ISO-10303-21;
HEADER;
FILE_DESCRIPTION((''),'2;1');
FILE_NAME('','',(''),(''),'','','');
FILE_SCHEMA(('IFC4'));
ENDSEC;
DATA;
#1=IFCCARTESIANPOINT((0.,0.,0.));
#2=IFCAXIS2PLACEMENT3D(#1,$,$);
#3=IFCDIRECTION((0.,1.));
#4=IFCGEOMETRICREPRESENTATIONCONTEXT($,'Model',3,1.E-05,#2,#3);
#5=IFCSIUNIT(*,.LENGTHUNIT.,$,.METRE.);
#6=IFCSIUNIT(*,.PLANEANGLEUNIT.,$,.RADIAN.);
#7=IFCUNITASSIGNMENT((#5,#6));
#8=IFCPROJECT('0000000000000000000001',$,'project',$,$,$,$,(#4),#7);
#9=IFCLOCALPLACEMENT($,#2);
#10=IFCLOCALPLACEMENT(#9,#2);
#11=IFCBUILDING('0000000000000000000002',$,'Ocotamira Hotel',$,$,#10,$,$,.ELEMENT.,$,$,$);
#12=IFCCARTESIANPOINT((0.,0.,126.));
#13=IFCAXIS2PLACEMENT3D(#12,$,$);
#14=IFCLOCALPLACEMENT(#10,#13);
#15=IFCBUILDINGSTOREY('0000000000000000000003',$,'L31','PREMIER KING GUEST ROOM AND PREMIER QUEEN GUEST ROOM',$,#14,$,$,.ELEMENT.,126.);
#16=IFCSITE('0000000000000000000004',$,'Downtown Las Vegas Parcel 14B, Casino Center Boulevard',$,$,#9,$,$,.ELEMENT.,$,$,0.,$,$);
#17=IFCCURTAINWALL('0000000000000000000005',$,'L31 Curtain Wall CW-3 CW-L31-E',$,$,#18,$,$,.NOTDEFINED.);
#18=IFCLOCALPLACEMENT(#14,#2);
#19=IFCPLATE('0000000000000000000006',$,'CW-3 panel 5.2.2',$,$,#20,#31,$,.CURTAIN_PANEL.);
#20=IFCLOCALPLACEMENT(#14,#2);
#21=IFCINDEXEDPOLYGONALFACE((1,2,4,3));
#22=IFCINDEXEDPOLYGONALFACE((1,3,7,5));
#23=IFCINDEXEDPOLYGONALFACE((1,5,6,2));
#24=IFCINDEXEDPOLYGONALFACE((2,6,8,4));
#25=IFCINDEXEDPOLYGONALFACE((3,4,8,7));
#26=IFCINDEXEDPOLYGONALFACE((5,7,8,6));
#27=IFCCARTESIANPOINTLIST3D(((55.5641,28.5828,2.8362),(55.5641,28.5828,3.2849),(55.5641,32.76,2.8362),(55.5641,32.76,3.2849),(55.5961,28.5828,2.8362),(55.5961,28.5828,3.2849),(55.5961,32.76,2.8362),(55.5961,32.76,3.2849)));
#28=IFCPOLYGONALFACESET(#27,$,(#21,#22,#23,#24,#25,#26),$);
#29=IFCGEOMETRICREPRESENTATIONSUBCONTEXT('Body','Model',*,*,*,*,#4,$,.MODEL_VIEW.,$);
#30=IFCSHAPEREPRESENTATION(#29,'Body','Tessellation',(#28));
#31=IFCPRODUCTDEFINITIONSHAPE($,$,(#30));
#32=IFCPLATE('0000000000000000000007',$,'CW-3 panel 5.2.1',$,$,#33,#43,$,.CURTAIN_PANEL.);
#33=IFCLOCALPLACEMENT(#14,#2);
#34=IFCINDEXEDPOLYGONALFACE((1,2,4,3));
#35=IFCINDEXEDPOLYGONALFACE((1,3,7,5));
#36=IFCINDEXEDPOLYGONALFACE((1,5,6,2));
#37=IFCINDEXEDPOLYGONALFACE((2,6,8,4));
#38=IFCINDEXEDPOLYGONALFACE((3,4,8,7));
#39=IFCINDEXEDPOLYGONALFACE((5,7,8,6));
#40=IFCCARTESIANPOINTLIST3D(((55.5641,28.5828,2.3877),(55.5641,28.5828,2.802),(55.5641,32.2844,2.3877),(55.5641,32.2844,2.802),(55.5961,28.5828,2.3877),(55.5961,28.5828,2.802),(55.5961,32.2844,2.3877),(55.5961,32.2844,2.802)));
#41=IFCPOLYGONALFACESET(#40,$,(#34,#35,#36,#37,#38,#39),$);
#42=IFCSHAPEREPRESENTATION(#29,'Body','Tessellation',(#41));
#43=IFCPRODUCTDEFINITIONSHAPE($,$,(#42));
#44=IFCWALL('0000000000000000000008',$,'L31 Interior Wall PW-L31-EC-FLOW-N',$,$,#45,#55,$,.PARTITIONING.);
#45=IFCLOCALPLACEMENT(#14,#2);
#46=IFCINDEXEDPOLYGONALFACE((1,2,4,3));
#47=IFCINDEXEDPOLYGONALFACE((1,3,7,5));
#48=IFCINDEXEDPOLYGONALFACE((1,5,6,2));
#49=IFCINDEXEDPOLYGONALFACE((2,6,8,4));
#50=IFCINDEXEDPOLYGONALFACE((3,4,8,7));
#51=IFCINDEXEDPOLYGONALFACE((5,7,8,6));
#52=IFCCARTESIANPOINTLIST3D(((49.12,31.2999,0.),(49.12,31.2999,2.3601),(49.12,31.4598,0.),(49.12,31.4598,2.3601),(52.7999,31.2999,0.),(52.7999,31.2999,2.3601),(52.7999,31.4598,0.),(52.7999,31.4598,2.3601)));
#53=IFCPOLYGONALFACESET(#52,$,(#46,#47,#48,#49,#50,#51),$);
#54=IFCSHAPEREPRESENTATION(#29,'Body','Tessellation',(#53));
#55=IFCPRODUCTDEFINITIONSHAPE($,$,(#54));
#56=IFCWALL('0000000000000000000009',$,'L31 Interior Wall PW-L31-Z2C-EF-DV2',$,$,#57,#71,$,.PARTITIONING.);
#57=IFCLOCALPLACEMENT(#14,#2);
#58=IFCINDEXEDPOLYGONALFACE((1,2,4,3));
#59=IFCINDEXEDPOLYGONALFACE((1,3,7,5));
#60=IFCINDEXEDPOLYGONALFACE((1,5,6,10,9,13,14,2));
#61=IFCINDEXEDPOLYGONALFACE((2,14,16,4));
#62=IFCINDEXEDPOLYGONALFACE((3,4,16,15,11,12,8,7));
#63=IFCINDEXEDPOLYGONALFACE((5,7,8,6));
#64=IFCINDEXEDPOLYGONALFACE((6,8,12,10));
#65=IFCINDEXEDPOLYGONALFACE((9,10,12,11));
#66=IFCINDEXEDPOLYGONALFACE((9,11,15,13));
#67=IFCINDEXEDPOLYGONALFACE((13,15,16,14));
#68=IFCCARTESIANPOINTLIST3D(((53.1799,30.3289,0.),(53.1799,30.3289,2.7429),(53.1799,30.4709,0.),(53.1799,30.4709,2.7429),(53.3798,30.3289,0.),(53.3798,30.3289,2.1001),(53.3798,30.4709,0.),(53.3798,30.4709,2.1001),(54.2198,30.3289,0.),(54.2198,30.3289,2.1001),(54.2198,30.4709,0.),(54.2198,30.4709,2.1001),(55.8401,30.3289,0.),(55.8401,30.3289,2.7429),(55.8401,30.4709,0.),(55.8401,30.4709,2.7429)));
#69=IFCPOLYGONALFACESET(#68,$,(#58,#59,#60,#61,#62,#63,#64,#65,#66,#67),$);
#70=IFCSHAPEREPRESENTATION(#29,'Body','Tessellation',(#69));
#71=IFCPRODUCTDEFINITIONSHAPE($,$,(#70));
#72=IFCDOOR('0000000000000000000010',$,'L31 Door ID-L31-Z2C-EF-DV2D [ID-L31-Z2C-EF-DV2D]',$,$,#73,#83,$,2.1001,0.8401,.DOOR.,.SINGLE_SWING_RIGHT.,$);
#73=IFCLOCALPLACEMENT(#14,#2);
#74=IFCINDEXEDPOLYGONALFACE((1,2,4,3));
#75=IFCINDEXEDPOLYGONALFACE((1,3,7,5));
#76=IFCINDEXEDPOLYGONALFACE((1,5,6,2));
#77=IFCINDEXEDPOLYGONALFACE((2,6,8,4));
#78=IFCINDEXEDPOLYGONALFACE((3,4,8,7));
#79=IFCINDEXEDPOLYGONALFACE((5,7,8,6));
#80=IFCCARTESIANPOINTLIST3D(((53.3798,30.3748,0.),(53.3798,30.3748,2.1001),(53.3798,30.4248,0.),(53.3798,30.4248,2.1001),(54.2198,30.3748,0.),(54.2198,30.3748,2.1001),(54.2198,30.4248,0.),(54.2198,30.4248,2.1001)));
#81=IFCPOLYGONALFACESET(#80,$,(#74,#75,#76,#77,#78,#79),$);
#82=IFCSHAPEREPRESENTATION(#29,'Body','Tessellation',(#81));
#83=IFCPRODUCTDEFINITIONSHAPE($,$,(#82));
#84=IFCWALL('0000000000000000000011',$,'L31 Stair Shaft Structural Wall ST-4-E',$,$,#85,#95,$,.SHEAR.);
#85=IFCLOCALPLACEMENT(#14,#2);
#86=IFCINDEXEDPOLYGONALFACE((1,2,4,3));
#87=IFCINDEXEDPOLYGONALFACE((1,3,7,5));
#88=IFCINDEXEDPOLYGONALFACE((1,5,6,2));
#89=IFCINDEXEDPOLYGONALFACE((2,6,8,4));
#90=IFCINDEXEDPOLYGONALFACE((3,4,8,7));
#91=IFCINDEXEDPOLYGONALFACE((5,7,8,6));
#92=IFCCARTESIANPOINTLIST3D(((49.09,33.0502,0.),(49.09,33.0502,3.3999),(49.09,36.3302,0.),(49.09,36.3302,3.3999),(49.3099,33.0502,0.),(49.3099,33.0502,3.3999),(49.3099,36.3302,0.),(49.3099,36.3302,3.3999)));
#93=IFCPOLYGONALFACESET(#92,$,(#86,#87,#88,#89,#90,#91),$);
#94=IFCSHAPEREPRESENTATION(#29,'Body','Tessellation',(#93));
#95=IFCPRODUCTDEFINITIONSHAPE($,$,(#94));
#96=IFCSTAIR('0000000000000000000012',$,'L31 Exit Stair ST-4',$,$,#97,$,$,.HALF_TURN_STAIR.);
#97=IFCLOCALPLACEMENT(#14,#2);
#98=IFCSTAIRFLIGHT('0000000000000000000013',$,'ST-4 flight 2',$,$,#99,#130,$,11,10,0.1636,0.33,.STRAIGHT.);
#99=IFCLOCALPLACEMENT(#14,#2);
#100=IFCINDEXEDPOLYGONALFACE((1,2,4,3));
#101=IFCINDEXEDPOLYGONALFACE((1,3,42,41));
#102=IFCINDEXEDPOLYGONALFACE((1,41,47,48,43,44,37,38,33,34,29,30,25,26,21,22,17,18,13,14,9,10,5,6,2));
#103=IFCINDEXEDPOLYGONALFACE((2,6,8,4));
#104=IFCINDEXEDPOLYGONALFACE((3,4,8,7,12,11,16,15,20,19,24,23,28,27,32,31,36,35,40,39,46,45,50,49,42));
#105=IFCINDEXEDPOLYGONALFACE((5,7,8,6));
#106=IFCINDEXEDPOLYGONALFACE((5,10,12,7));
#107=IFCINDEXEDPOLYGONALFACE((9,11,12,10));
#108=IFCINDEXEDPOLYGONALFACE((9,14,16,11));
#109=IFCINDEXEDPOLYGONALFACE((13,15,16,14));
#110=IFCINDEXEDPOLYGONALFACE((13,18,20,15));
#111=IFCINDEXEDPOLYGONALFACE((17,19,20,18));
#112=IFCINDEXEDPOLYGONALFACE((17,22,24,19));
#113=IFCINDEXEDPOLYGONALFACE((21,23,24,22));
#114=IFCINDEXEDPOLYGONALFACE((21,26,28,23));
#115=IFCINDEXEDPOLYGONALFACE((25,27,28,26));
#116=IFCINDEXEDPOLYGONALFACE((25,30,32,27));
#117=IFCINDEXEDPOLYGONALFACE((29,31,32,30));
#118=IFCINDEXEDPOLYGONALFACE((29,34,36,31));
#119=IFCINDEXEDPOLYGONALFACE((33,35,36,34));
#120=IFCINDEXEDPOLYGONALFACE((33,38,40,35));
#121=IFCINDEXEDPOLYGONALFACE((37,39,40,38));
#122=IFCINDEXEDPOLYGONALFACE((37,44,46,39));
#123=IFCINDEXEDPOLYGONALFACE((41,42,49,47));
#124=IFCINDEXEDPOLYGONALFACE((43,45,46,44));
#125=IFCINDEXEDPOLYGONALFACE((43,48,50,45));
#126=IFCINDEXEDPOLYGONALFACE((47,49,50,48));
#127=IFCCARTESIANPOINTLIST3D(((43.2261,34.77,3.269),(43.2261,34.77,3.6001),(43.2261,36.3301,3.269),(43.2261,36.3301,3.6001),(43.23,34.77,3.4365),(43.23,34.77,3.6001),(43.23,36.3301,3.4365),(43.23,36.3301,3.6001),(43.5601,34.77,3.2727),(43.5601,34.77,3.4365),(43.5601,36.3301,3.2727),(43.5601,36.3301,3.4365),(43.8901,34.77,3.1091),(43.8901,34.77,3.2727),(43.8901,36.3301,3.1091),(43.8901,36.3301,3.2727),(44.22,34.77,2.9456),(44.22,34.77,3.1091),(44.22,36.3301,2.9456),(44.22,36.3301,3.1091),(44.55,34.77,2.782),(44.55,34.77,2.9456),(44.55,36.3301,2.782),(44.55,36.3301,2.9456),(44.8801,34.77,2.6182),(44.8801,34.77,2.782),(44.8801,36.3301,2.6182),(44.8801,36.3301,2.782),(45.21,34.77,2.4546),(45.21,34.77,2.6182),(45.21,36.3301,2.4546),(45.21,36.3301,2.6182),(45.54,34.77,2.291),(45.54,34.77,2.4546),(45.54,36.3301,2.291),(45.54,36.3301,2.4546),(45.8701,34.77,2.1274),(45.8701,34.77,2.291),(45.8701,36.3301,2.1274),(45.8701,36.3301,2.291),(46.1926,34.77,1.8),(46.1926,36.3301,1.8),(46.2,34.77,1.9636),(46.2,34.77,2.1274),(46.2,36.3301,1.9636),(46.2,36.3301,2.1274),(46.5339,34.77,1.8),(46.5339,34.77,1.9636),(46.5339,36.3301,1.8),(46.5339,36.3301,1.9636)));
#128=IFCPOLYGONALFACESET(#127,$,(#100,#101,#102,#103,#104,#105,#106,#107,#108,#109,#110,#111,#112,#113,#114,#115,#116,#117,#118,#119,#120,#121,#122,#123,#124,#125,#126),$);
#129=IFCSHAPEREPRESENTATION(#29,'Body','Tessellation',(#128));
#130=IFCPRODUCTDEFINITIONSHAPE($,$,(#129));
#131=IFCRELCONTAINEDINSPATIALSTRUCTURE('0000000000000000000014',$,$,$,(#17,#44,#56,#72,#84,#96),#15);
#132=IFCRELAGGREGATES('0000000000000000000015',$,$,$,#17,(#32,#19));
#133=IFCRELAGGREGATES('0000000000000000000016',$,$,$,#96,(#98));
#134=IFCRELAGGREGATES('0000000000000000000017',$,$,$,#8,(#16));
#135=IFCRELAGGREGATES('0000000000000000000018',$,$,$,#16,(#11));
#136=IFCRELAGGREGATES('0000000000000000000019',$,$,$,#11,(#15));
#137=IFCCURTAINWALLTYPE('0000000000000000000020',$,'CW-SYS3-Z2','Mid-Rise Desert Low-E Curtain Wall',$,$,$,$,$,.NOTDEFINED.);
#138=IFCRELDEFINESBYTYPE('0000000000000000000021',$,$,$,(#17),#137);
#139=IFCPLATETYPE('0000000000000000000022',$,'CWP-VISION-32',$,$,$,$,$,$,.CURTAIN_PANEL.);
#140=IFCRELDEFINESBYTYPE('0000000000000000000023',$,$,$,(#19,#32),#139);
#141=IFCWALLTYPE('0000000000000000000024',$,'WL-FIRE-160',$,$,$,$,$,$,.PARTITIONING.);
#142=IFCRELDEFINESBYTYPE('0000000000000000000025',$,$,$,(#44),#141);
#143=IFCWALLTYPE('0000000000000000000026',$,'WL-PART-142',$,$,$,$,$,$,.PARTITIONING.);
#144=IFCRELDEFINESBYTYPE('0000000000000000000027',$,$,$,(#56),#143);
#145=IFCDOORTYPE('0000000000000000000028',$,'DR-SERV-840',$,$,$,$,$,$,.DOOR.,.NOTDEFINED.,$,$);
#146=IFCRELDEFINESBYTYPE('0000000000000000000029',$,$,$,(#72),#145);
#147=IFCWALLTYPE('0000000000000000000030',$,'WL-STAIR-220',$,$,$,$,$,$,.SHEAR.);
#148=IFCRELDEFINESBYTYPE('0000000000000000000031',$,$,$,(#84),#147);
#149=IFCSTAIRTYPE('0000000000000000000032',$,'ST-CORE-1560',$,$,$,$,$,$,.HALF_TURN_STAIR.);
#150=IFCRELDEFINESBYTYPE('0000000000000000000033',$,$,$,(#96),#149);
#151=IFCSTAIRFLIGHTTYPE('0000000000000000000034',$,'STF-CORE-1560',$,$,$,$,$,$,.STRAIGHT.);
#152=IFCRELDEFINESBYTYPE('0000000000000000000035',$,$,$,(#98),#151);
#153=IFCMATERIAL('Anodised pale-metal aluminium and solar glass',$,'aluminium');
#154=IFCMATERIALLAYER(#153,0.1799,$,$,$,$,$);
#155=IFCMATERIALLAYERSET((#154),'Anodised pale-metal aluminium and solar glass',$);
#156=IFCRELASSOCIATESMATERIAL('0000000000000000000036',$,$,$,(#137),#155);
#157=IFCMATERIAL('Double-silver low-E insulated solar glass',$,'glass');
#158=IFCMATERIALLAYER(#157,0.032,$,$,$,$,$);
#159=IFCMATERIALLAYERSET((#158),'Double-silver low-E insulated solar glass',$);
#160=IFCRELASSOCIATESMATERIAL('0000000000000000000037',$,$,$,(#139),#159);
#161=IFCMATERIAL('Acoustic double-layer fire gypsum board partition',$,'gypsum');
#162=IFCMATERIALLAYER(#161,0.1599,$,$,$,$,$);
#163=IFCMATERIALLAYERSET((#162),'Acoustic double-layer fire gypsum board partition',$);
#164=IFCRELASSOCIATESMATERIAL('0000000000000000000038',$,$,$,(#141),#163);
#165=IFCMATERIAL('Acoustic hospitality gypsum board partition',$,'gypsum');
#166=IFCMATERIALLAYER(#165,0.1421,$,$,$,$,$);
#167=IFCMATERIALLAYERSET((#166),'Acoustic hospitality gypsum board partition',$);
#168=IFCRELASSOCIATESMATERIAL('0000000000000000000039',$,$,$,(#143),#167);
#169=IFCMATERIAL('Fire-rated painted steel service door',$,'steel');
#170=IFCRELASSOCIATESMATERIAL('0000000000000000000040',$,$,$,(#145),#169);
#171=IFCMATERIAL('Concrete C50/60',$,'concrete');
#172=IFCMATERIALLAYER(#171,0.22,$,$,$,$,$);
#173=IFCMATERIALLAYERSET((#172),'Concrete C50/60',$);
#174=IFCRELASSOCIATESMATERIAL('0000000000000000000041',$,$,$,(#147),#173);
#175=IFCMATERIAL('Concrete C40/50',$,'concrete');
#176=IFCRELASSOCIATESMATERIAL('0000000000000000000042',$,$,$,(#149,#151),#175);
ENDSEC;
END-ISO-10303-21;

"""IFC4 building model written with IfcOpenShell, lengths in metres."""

from ifc_helpers import new_model, si_unit, direction, frame, frame_2d, origin, origin_2d, place, context, subcontext, project, spatial, polyline, rectangle, outline, extrude, source, transform, mapped, material, layer, layer_set, type_object, element, fill, aggregate, save


model = new_model("IFC4")

# Units and contexts
model_context = context("Model", 3, precision=1e-05, world=origin(), true_north=direction((0.0, 1.0)))
body_context = subcontext(model_context, "Body", "Model", "MODEL_VIEW")
ifc_project = project(units=[si_unit("LENGTHUNIT", "METRE"), si_unit("PLANEANGLEUNIT", "RADIAN")], contexts=[model_context])

# Site, building, storey
site_placement = place(None, origin())
site = spatial("IfcSite", under=ifc_project, at=site_placement, Name="Downtown Las Vegas Parcel 14B, Casino Center Boulevard", CompositionType="ELEMENT", RefElevation=0.0)
building_placement = place(site_placement, origin())
building = spatial("IfcBuilding", under=site, at=building_placement, Name="Ocotamira Hotel", CompositionType="ELEMENT")
storey_placement = place(building_placement, frame((0.0, 0.0, 126.0)))
storey = spatial("IfcBuildingStorey", under=building, at=storey_placement, Name="L31", Description="PREMIER KING GUEST ROOM AND PREMIER QUEEN GUEST ROOM", CompositionType="ELEMENT", Elevation=126.0)

# Curtain wall
ifc_material_1 = material(Name="Anodised pale-metal aluminium and solar glass", Category="aluminium")
ifc_layer_1 = layer(ifc_material_1, 0.1799)
ifc_layer_set_1 = layer_set([ifc_layer_1], Name="Anodised pale-metal aluminium and solar glass")
curtain_wall_type = type_object("IfcCurtainWallType", Name="CW-SYS3-Z2", Description="Mid-Rise Desert Low-E Curtain Wall", PredefinedType="NOTDEFINED", material=ifc_layer_set_1)
curtain_wall_placement = place(storey_placement, origin())
curtain_wall = element("IfcCurtainWall", 1, at=curtain_wall_placement, inside=storey, type_object=curtain_wall_type, Name="L31 Curtain Wall CW-3 CW-L31-E", PredefinedType="NOTDEFINED")

# Plates
ifc_material_2 = material(Name="Double-silver low-E insulated solar glass", Category="glass")
ifc_layer_2 = layer(ifc_material_2, 0.032)
ifc_layer_set_2 = layer_set([ifc_layer_2], Name="Double-silver low-E insulated solar glass")
plate_type_1 = type_object("IfcPlateType", Name="CWP-VISION-32", PredefinedType="CURTAIN_PANEL", material=ifc_layer_set_2)
shared_shape_1 = source(origin(), body_context, "Body", "SweptSolid", [
    extrude(rectangle(XDim=4.1772, YDim=0.032, at=origin_2d()), origin(), (0.0, 0.0, 1.0), 0.4487),
])
plate_1_placement = place(storey_placement, frame((55.5801, 30.6714, 2.8362), z_axis=(0.0, 0.0, 1.0), x_axis=(0.0, 1.0, 0.0)))
plate_1 = element("IfcPlate", 2, at=plate_1_placement, type_object=plate_type_1, Name="CW-3 panel 5.2.2", PredefinedType="CURTAIN_PANEL", context=body_context, shape_type="MappedRepresentation", body=[
    mapped(shared_shape_1, transform((0.0, 0.0, 0.0), scale=1.0)),
])
shared_shape_2 = source(origin(), body_context, "Body", "SweptSolid", [
    extrude(rectangle(XDim=3.7017, YDim=0.032, at=origin_2d()), origin(), (0.0, 0.0, 1.0), 0.4143),
])
plate_2_placement = place(storey_placement, frame((55.5801, 30.4336, 2.3877), z_axis=(0.0, 0.0, 1.0), x_axis=(0.0, 1.0, 0.0)))
plate_2 = element("IfcPlate", 3, at=plate_2_placement, type_object=plate_type_1, Name="CW-3 panel 5.2.1", PredefinedType="CURTAIN_PANEL", context=body_context, shape_type="MappedRepresentation", body=[
    mapped(shared_shape_2, transform((0.0, 0.0, 0.0), scale=1.0)),
])
aggregate(curtain_wall, [plate_2, plate_1])

# Wall
ifc_material_3 = material(Name="Acoustic double-layer fire gypsum board partition", Category="gypsum")
ifc_layer_3 = layer(ifc_material_3, 0.1599)
ifc_layer_set_3 = layer_set([ifc_layer_3], Name="Acoustic double-layer fire gypsum board partition")
wall_type_1 = type_object("IfcWallType", Name="WL-FIRE-160", PredefinedType="PARTITIONING", material=ifc_layer_set_3)
wall_1_placement = place(storey_placement, frame((49.1201, 31.3799, 0.0), z_axis=(0.0, 0.0, 1.0), x_axis=(1.0, 0.0, 0.0)))
element("IfcWall", 4, at=wall_1_placement, inside=storey, type_object=wall_type_1, Name="L31 Interior Wall PW-L31-EC-FLOW-N", PredefinedType="PARTITIONING", context=body_context, shape_type="SweptSolid", body=[
    extrude(rectangle(XDim=3.6799, YDim=0.1599, at=frame_2d((1.8398, 0.0))), origin(), (0.0, 0.0, 1.0), 2.3601),
])

# Wall, opening, door
ifc_material_4 = material(Name="Acoustic hospitality gypsum board partition", Category="gypsum")
ifc_layer_4 = layer(ifc_material_4, 0.1421)
ifc_layer_set_4 = layer_set([ifc_layer_4], Name="Acoustic hospitality gypsum board partition")
wall_type_2 = type_object("IfcWallType", Name="WL-PART-142", PredefinedType="PARTITIONING", material=ifc_layer_set_4)
wall_2_placement = place(storey_placement, frame((53.1799, 30.3999, 0.0), z_axis=(0.0, 0.0, 1.0), x_axis=(1.0, 0.0, 0.0)))
wall_2 = element("IfcWall", 5, at=wall_2_placement, inside=storey, type_object=wall_type_2, Name="L31 Interior Wall PW-L31-Z2C-EF-DV2", PredefinedType="PARTITIONING", context=body_context, shape_type="SweptSolid", body=[
    extrude(rectangle(XDim=2.6602, YDim=0.1421, at=frame_2d((1.3301, 0.0))), origin(), (0.0, 0.0, 1.0), 2.7429),
])
opening_1_placement = place(wall_2_placement, frame((0.2, 0.0, 0.0)))
opening_1 = element("IfcOpeningElement", 6, at=opening_1_placement, cuts=wall_2, PredefinedType="OPENING", context=body_context, shape_type="SweptSolid", body=[
    extrude(rectangle(XDim=0.8401, YDim=2.1001, at=frame_2d((0.4199, 1.05))), frame((0.0, 0.0811, 0.0), z_axis=(0.0, -1.0, 0.0), x_axis=(1.0, 0.0, 0.0)), (0.0, 0.0, 1.0), 0.1621),
])
ifc_material_5 = material(Name="Fire-rated painted steel service door", Category="steel")
door_type_1 = type_object("IfcDoorType", Name="DR-SERV-840", OperationType="NOTDEFINED", PredefinedType="DOOR", material=ifc_material_5)
shared_shape_3 = source(origin(), body_context, "Body", "SweptSolid", [
    extrude(rectangle(XDim=0.8401, YDim=2.1001, at=frame_2d((0.4199, 1.05))), frame((0.0, 0.0249, 0.0), z_axis=(0.0, -1.0, 0.0), x_axis=(1.0, 0.0, 0.0)), (0.0, 0.0, 1.0), 0.05),
])
door_1_placement = place(opening_1_placement, origin())
door_1 = element("IfcDoor", 7, at=door_1_placement, inside=storey, type_object=door_type_1, Name="L31 Door ID-L31-Z2C-EF-DV2D [ID-L31-Z2C-EF-DV2D]", OperationType="SINGLE_SWING_RIGHT", OverallHeight=2.1001, OverallWidth=0.8401, PredefinedType="DOOR", context=body_context, shape_type="MappedRepresentation", body=[
    mapped(shared_shape_3, transform((0.0, 0.0, 0.0), scale=1.0)),
])
fill(opening_1, door_1)

# Wall
ifc_material_6 = material(Name="Concrete C50/60", Category="concrete")
ifc_layer_5 = layer(ifc_material_6, 0.22)
ifc_layer_set_5 = layer_set([ifc_layer_5], Name="Concrete C50/60")
wall_type_3 = type_object("IfcWallType", Name="WL-STAIR-220", PredefinedType="SHEAR", material=ifc_layer_set_5)
wall_3_placement = place(storey_placement, frame((49.2, 33.05, 0.0), z_axis=(0.0, 0.0, 1.0), x_axis=(0.0, 1.0, 0.0)))
element("IfcWall", 8, at=wall_3_placement, inside=storey, type_object=wall_type_3, Name="L31 Stair Shaft Structural Wall ST-4-E", PredefinedType="SHEAR", context=body_context, shape_type="SweptSolid", body=[
    extrude(rectangle(XDim=3.28, YDim=0.22, at=frame_2d((1.6401, 0.0))), origin(), (0.0, 0.0, 1.0), 3.3999),
])

# Stair, stair flight
ifc_material_7 = material(Name="Concrete C40/50", Category="concrete")
stair_type = type_object("IfcStairType", Name="ST-CORE-1560", PredefinedType="HALF_TURN_STAIR", material=ifc_material_7)
stair_placement = place(storey_placement, origin())
stair = element("IfcStair", 9, at=stair_placement, inside=storey, type_object=stair_type, Name="L31 Exit Stair ST-4", PredefinedType="HALF_TURN_STAIR")
stair_flight_type = type_object("IfcStairFlightType", Name="STF-CORE-1560", PredefinedType="STRAIGHT", material=ifc_material_7)
shared_shape_4 = source(origin(), body_context, "Body", "SweptSolid", [
    extrude(outline(polyline([(-0.0039, 0.0), (-0.0039, 0.1636), (0.3301, 0.1636), (0.3301, 0.3274), (0.6599, 0.3274), (0.6599, 0.491), (0.99, 0.491), (0.99, 0.6545), (1.3201, 0.6545), (1.3201, 0.8181), (1.6499, 0.8181), (1.6499, 0.9819), (1.98, 0.9819), (1.98, 1.1455), (2.3101, 1.1455), (2.3101, 1.3091), (2.6399, 1.3091), (2.6399, 1.4727), (2.97, 1.4727), (2.97, 1.6365), (3.3, 1.6365), (3.3, 1.8), (3.304, 1.8), (3.304, 1.469), (0.3374, 0.0), (-0.0039, 0.0)])), frame((0.0, 0.78, 0.0), z_axis=(0.0, -1.0, 0.0), x_axis=(1.0, 0.0, 0.0)), (0.0, 0.0, 1.0), 1.5601),
])
stair_flight_placement = place(storey_placement, frame((46.53, 35.55, 1.8), z_axis=(0.0, 0.0, 1.0), x_axis=(-1.0, 0.0, 0.0)))
stair_flight = element("IfcStairFlight", 10, at=stair_flight_placement, type_object=stair_flight_type, Name="ST-4 flight 2", NumberOfRisers=11, NumberOfTreads=10, PredefinedType="STRAIGHT", RiserHeight=0.1636, TreadLength=0.33, context=body_context, shape_type="MappedRepresentation", body=[
    mapped(shared_shape_4, transform((0.0, 0.0, 0.0), scale=1.0)),
])
aggregate(stair, [stair_flight])

save(model, "model.ifc")
